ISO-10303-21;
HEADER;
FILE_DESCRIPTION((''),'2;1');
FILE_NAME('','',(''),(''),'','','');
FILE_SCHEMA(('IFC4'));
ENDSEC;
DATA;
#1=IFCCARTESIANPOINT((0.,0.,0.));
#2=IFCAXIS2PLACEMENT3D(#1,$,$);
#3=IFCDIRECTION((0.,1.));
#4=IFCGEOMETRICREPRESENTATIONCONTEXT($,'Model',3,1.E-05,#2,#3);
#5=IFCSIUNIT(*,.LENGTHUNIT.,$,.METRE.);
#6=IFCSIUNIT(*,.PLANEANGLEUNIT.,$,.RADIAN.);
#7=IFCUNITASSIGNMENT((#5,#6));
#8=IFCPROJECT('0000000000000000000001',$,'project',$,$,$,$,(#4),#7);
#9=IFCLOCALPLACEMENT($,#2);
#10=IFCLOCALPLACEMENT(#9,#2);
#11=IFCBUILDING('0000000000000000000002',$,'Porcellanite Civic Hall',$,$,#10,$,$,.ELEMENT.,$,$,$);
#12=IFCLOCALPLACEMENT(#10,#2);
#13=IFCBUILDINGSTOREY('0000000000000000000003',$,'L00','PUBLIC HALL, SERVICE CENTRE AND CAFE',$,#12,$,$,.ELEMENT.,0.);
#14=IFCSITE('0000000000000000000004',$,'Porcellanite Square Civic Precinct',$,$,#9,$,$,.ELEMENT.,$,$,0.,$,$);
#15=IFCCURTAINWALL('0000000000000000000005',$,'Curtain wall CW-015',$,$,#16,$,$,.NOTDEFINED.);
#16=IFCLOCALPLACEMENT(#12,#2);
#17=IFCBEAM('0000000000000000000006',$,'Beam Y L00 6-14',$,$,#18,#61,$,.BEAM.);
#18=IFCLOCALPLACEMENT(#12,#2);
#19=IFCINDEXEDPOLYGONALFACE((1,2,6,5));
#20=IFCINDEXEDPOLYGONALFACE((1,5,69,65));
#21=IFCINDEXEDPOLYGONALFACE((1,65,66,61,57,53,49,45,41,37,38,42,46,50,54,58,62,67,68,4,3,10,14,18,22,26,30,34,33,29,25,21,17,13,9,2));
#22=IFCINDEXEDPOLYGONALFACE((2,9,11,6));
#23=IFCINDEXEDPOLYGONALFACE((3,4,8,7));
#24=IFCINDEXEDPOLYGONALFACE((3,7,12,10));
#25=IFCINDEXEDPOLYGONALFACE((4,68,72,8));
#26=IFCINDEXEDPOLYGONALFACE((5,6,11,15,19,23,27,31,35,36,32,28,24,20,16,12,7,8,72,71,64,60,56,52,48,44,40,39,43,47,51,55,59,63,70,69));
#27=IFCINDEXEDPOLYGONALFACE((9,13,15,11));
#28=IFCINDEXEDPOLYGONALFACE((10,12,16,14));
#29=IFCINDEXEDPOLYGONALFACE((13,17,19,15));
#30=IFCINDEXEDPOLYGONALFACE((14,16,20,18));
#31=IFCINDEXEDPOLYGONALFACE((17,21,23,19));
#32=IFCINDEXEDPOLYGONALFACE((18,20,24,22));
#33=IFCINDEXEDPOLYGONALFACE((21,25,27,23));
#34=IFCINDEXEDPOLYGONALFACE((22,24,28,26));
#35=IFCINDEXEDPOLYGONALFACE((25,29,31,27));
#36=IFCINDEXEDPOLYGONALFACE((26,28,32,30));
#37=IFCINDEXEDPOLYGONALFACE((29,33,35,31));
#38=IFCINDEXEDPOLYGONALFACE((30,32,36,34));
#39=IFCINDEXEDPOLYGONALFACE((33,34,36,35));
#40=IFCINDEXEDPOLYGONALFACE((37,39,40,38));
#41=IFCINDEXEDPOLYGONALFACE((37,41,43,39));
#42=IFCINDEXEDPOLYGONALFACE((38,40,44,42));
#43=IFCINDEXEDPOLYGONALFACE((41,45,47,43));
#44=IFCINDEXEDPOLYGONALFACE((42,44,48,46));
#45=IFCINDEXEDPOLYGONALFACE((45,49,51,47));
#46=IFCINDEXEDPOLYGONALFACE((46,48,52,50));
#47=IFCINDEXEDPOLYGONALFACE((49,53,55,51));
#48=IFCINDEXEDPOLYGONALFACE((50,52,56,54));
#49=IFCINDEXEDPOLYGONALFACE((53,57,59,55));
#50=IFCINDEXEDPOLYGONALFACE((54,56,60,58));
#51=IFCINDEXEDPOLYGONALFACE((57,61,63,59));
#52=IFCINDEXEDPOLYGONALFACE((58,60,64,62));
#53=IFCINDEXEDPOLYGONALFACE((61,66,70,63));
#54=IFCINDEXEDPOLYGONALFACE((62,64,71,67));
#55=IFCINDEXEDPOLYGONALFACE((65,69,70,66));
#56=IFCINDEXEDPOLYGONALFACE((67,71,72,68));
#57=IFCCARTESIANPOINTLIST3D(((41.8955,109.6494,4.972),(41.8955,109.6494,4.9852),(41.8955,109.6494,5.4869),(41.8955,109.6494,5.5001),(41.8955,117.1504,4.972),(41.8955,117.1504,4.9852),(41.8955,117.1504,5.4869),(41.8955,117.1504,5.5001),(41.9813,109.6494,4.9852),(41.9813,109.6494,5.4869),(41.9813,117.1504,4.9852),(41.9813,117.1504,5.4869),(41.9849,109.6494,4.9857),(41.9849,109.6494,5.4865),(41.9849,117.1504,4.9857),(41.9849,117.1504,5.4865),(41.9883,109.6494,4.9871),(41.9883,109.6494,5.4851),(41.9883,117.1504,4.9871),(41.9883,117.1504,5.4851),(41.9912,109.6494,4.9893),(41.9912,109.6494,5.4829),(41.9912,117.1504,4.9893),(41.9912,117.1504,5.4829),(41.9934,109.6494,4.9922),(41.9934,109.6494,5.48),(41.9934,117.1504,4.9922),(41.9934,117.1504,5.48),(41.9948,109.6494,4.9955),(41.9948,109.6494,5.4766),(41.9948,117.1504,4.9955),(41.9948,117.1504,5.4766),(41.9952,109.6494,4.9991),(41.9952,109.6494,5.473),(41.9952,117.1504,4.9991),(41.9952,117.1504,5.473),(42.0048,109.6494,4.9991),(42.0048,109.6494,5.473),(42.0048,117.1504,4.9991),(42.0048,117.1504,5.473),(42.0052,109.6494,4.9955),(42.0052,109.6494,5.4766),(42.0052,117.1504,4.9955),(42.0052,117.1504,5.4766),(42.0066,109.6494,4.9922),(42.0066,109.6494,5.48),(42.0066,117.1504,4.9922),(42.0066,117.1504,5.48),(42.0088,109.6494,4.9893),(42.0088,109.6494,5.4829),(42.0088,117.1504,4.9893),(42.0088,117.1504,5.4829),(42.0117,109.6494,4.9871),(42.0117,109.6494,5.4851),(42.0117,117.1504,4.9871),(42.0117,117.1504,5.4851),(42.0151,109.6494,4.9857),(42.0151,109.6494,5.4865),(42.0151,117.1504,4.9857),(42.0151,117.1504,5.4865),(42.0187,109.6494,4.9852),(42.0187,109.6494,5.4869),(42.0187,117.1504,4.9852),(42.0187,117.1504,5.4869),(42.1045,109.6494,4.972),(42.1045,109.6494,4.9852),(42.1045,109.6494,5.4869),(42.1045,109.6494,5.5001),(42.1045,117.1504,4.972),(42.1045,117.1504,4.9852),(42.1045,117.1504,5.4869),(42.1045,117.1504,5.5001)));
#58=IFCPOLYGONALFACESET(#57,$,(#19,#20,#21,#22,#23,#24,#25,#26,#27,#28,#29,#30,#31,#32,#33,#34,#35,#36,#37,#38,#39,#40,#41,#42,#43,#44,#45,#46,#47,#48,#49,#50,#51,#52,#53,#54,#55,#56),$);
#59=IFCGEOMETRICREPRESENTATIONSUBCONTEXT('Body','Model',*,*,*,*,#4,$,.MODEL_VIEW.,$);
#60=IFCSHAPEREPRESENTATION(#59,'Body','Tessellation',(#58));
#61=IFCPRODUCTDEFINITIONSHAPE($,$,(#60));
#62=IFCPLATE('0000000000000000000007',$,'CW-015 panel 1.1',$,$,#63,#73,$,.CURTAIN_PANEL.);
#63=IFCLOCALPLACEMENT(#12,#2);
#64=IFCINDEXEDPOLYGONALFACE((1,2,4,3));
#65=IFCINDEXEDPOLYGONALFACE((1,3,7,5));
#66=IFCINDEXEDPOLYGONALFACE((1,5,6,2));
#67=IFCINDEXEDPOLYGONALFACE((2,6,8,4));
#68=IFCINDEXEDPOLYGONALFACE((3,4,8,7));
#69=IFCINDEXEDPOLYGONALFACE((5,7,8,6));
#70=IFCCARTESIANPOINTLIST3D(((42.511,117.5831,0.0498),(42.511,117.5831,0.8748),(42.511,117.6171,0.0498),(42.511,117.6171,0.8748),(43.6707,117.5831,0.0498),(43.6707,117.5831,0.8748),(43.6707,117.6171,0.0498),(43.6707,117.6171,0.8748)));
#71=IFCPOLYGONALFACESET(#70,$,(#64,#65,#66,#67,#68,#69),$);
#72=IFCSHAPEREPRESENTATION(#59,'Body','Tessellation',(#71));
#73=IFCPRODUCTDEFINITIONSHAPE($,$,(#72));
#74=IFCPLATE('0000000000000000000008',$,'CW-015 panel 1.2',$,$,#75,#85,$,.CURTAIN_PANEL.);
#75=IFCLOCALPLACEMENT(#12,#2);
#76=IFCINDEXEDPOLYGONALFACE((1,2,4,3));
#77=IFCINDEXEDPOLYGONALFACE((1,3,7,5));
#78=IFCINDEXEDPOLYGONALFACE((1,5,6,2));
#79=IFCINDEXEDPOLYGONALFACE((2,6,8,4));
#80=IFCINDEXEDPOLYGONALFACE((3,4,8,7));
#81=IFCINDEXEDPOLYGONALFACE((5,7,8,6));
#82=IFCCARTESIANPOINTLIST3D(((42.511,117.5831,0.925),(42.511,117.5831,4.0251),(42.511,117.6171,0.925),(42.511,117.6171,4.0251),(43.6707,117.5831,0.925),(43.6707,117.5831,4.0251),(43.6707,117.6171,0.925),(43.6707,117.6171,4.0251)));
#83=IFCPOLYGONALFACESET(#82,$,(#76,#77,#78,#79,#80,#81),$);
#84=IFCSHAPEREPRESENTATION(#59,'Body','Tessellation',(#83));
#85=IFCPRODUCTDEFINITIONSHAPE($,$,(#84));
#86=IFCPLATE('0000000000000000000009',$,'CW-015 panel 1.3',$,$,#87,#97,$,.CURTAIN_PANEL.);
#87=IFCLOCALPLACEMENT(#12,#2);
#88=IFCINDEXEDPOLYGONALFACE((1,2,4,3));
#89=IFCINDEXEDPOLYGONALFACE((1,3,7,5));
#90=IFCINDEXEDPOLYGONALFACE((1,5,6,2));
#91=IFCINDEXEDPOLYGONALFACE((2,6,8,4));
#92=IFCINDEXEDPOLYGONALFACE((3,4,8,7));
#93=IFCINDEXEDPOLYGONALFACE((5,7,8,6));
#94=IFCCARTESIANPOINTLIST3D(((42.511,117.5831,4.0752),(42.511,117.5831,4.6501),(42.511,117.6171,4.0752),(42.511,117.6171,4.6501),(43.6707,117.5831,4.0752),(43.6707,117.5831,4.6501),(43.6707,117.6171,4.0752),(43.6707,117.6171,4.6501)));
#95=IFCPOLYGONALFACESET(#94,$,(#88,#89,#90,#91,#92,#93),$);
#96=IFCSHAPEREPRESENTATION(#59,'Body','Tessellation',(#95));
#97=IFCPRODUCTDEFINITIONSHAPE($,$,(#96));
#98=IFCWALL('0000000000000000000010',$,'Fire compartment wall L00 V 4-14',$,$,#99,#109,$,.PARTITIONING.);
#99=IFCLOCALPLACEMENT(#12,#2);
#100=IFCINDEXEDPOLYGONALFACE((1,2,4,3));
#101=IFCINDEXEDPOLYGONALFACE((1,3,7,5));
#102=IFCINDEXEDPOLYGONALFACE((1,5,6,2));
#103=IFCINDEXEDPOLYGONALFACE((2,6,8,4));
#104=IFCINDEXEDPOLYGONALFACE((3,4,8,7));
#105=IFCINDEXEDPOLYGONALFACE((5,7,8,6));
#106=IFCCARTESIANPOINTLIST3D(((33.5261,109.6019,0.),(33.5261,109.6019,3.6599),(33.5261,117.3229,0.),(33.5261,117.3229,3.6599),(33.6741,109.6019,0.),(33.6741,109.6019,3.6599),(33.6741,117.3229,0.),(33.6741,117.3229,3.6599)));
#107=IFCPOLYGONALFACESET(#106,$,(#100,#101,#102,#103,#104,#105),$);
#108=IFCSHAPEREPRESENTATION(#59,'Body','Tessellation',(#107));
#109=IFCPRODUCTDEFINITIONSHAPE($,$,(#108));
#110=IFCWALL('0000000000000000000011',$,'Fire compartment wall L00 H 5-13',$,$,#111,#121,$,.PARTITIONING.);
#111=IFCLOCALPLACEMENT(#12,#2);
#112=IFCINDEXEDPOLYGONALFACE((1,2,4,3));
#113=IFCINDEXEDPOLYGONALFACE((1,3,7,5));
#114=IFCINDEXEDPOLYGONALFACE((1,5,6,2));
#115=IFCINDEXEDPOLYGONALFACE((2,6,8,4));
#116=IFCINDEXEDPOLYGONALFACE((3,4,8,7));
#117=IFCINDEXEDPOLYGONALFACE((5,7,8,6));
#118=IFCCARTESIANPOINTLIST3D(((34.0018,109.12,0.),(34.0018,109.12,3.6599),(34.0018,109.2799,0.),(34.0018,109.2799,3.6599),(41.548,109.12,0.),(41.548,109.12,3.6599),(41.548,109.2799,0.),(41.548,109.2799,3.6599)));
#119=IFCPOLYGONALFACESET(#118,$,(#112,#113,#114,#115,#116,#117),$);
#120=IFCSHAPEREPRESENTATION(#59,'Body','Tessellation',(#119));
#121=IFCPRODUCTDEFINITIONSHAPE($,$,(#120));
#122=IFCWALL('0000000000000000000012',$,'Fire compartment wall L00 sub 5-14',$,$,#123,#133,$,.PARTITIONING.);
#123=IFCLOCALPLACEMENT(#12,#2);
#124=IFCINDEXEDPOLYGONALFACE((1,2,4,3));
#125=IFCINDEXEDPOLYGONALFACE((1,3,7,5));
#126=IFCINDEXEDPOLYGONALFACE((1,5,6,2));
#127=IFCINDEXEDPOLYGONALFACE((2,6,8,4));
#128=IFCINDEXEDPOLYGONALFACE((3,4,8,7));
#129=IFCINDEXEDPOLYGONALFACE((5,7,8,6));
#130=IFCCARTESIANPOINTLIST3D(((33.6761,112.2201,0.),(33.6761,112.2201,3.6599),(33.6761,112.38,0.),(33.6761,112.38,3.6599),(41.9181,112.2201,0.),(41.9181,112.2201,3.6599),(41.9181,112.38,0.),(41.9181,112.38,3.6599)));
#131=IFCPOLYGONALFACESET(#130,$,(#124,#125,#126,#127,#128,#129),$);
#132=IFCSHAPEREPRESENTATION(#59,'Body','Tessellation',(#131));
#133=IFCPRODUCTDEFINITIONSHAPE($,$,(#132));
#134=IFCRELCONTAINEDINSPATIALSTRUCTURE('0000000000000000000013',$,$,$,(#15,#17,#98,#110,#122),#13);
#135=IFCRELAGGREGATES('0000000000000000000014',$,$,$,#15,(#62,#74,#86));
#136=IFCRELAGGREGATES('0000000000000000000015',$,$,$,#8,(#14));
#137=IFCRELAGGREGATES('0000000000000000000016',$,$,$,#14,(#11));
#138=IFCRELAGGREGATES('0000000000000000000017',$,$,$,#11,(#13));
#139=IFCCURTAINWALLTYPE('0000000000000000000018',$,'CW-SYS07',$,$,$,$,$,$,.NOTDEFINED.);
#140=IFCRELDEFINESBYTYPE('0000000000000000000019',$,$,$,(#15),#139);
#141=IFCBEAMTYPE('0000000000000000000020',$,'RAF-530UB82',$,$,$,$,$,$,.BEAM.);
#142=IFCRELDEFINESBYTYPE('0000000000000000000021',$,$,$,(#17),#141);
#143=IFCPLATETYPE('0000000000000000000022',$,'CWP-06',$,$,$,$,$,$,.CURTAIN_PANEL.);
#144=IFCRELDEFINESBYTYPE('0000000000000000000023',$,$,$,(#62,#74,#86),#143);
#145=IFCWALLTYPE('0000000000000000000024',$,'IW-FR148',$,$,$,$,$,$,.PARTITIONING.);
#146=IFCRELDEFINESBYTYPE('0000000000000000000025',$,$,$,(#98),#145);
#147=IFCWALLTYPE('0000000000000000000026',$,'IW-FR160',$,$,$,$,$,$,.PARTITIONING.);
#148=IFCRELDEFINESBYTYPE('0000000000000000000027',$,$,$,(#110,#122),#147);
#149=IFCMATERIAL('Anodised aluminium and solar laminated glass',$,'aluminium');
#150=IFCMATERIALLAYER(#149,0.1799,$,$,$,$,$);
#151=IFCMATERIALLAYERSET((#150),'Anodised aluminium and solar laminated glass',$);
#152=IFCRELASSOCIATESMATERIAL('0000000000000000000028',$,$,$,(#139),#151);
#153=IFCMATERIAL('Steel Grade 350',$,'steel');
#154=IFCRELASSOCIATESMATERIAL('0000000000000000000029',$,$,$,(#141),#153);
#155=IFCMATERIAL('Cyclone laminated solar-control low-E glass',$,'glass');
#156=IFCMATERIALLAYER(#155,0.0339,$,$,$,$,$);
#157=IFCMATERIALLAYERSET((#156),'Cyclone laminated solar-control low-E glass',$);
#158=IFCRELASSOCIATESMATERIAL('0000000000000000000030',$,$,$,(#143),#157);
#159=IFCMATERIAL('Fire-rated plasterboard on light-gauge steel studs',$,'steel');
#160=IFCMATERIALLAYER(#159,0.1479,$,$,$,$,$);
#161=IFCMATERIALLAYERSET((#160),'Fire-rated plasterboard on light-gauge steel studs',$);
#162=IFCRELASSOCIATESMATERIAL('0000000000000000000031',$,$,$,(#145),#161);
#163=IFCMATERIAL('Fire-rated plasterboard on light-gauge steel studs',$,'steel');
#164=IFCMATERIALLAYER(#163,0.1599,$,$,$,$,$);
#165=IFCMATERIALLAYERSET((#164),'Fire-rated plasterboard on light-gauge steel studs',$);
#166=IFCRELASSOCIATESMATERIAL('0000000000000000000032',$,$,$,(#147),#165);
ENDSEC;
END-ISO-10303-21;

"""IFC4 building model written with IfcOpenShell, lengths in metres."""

from ifc_helpers import new_model, si_unit, direction, frame, frame_2d, origin, origin_2d, place, context, subcontext, project, spatial, rectangle, i_section, extrude, material, layer, layer_set, material_profile, profile_set, type_object, element, aggregate, save


model = new_model("IFC4")

# Units and contexts
model_context = context("Model", 3, precision=1e-05, world=origin(), true_north=direction((0.0, 1.0)))
body_context = subcontext(model_context, "Body", "Model", "MODEL_VIEW")
ifc_project = project(units=[si_unit("LENGTHUNIT", "METRE"), si_unit("PLANEANGLEUNIT", "RADIAN")], contexts=[model_context])

# Site, building, storey
site_placement = place(None, origin())
site = spatial("IfcSite", under=ifc_project, at=site_placement, Name="Porcellanite Square Civic Precinct", CompositionType="ELEMENT", RefElevation=0.0)
building_placement = place(site_placement, origin())
building = spatial("IfcBuilding", under=site, at=building_placement, Name="Porcellanite Civic Hall", CompositionType="ELEMENT")
storey_placement = place(building_placement, origin())
storey = spatial("IfcBuildingStorey", under=building, at=storey_placement, Name="L00", Description="PUBLIC HALL, SERVICE CENTRE AND CAFE", CompositionType="ELEMENT", Elevation=0.0)

# Curtain wall
ifc_material_1 = material(Name="Anodised aluminium and solar laminated glass", Category="aluminium")
ifc_layer_1 = layer(ifc_material_1, 0.1799)
ifc_layer_set_1 = layer_set([ifc_layer_1], Name="Anodised aluminium and solar laminated glass")
curtain_wall_type = type_object("IfcCurtainWallType", Name="CW-SYS07", PredefinedType="NOTDEFINED", material=ifc_layer_set_1)
curtain_wall_placement = place(storey_placement, origin())
curtain_wall = element("IfcCurtainWall", 1, at=curtain_wall_placement, inside=storey, type_object=curtain_wall_type, Name="Curtain wall CW-015", PredefinedType="NOTDEFINED")

# Beam
ifc_material_2 = material(Name="Steel Grade 350", Category="steel")
ifc_material_profile_1 = material_profile(ifc_material_2, i_section(OverallWidth=0.209, OverallDepth=0.5281, WebThickness=0.0095, FlangeThickness=0.0132, FilletRadius=0.0139, at=origin_2d()), Name="530UB82.0")
ifc_profile_set_1 = profile_set([ifc_material_profile_1], Name="Steel Grade 350")
beam_type_1 = type_object("IfcBeamType", Name="RAF-530UB82", PredefinedType="BEAM", material=ifc_profile_set_1)
beam_1_placement = place(storey_placement, frame((42.0, 109.6494, 5.2361), z_axis=(0.0, 1.0, 0.0), x_axis=(-1.0, 0.0, 0.0)))
element("IfcBeam", 2, at=beam_1_placement, inside=storey, type_object=beam_type_1, Name="Beam Y L00 6-14", PredefinedType="BEAM", context=body_context, shape_type="SweptSolid", body=[
    extrude(i_section(OverallWidth=0.209, OverallDepth=0.5281, WebThickness=0.0095, FlangeThickness=0.0132, FilletRadius=0.0139, at=origin_2d()), origin(), (0.0, 0.0, 1.0), 7.501),
])

# Plates
ifc_material_3 = material(Name="Cyclone laminated solar-control low-E glass", Category="glass")
ifc_layer_2 = layer(ifc_material_3, 0.0339)
ifc_layer_set_2 = layer_set([ifc_layer_2], Name="Cyclone laminated solar-control low-E glass")
plate_type = type_object("IfcPlateType", Name="CWP-06", PredefinedType="CURTAIN_PANEL", material=ifc_layer_set_2)
plate_1_placement = place(storey_placement, frame((43.0908, 117.6001, 0.0498), z_axis=(0.0, 0.0, 1.0), x_axis=(1.0, 0.0, 0.0)))
plate_1 = element("IfcPlate", 3, at=plate_1_placement, type_object=plate_type, Name="CW-015 panel 1.1", PredefinedType="CURTAIN_PANEL", context=body_context, shape_type="SweptSolid", body=[
    extrude(rectangle(XDim=1.1597, YDim=0.0339, at=origin_2d()), origin(), (0.0, 0.0, 1.0), 0.825),
])
plate_2_placement = place(storey_placement, frame((43.0908, 117.6001, 0.925), z_axis=(0.0, 0.0, 1.0), x_axis=(1.0, 0.0, 0.0)))
plate_2 = element("IfcPlate", 4, at=plate_2_placement, type_object=plate_type, Name="CW-015 panel 1.2", PredefinedType="CURTAIN_PANEL", context=body_context, shape_type="SweptSolid", body=[
    extrude(rectangle(XDim=1.1597, YDim=0.0339, at=origin_2d()), origin(), (0.0, 0.0, 1.0), 3.1001),
])
plate_3_placement = place(storey_placement, frame((43.0908, 117.6001, 4.0752), z_axis=(0.0, 0.0, 1.0), x_axis=(1.0, 0.0, 0.0)))
plate_3 = element("IfcPlate", 5, at=plate_3_placement, type_object=plate_type, Name="CW-015 panel 1.3", PredefinedType="CURTAIN_PANEL", context=body_context, shape_type="SweptSolid", body=[
    extrude(rectangle(XDim=1.1597, YDim=0.0339, at=origin_2d()), origin(), (0.0, 0.0, 1.0), 0.575),
])
aggregate(curtain_wall, [plate_1, plate_2, plate_3])

# Walls
ifc_material_4 = material(Name="Fire-rated plasterboard on light-gauge steel studs", Category="steel")
ifc_layer_3 = layer(ifc_material_4, 0.1479)
ifc_layer_set_3 = layer_set([ifc_layer_3], Name="Fire-rated plasterboard on light-gauge steel studs")
wall_type_1 = type_object("IfcWallType", Name="IW-FR148", PredefinedType="PARTITIONING", material=ifc_layer_set_3)
wall_1_placement = place(storey_placement, frame((33.6001, 109.6021, 0.0), z_axis=(0.0, 0.0, 1.0), x_axis=(0.0, 1.0, 0.0)))
element("IfcWall", 6, at=wall_1_placement, inside=storey, type_object=wall_type_1, Name="Fire compartment wall L00 V 4-14", PredefinedType="PARTITIONING", context=body_context, shape_type="SweptSolid", body=[
    extrude(rectangle(XDim=7.7209, YDim=0.1479, at=frame_2d((3.8604, 0.0))), origin(), (0.0, 0.0, 1.0), 3.6599),
])
ifc_material_5 = material(Name="Fire-rated plasterboard on light-gauge steel studs", Category="steel")
ifc_layer_4 = layer(ifc_material_5, 0.1599)
ifc_layer_set_4 = layer_set([ifc_layer_4], Name="Fire-rated plasterboard on light-gauge steel studs")
wall_type_2 = type_object("IfcWallType", Name="IW-FR160", PredefinedType="PARTITIONING", material=ifc_layer_set_4)
wall_2_placement = place(storey_placement, frame((34.002, 109.2, 0.0), z_axis=(0.0, 0.0, 1.0), x_axis=(1.0, 0.0, 0.0)))
element("IfcWall", 7, at=wall_2_placement, inside=storey, type_object=wall_type_2, Name="Fire compartment wall L00 H 5-13", PredefinedType="PARTITIONING", context=body_context, shape_type="SweptSolid", body=[
    extrude(rectangle(XDim=7.5461, YDim=0.1599, at=frame_2d((3.7729, 0.0))), origin(), (0.0, 0.0, 1.0), 3.6599),
])

# Wall
wall_3_placement = place(storey_placement, frame((33.676, 112.3, 0.0), z_axis=(0.0, 0.0, 1.0), x_axis=(1.0, 0.0, 0.0)))
element("IfcWall", 8, at=wall_3_placement, inside=storey, type_object=wall_type_2, Name="Fire compartment wall L00 sub 5-14", PredefinedType="PARTITIONING", context=body_context, shape_type="SweptSolid", body=[
    extrude(rectangle(XDim=8.2419, YDim=0.1599, at=frame_2d((4.1211, 0.0))), origin(), (0.0, 0.0, 1.0), 3.6599),
])

save(model, "model.ifc")
